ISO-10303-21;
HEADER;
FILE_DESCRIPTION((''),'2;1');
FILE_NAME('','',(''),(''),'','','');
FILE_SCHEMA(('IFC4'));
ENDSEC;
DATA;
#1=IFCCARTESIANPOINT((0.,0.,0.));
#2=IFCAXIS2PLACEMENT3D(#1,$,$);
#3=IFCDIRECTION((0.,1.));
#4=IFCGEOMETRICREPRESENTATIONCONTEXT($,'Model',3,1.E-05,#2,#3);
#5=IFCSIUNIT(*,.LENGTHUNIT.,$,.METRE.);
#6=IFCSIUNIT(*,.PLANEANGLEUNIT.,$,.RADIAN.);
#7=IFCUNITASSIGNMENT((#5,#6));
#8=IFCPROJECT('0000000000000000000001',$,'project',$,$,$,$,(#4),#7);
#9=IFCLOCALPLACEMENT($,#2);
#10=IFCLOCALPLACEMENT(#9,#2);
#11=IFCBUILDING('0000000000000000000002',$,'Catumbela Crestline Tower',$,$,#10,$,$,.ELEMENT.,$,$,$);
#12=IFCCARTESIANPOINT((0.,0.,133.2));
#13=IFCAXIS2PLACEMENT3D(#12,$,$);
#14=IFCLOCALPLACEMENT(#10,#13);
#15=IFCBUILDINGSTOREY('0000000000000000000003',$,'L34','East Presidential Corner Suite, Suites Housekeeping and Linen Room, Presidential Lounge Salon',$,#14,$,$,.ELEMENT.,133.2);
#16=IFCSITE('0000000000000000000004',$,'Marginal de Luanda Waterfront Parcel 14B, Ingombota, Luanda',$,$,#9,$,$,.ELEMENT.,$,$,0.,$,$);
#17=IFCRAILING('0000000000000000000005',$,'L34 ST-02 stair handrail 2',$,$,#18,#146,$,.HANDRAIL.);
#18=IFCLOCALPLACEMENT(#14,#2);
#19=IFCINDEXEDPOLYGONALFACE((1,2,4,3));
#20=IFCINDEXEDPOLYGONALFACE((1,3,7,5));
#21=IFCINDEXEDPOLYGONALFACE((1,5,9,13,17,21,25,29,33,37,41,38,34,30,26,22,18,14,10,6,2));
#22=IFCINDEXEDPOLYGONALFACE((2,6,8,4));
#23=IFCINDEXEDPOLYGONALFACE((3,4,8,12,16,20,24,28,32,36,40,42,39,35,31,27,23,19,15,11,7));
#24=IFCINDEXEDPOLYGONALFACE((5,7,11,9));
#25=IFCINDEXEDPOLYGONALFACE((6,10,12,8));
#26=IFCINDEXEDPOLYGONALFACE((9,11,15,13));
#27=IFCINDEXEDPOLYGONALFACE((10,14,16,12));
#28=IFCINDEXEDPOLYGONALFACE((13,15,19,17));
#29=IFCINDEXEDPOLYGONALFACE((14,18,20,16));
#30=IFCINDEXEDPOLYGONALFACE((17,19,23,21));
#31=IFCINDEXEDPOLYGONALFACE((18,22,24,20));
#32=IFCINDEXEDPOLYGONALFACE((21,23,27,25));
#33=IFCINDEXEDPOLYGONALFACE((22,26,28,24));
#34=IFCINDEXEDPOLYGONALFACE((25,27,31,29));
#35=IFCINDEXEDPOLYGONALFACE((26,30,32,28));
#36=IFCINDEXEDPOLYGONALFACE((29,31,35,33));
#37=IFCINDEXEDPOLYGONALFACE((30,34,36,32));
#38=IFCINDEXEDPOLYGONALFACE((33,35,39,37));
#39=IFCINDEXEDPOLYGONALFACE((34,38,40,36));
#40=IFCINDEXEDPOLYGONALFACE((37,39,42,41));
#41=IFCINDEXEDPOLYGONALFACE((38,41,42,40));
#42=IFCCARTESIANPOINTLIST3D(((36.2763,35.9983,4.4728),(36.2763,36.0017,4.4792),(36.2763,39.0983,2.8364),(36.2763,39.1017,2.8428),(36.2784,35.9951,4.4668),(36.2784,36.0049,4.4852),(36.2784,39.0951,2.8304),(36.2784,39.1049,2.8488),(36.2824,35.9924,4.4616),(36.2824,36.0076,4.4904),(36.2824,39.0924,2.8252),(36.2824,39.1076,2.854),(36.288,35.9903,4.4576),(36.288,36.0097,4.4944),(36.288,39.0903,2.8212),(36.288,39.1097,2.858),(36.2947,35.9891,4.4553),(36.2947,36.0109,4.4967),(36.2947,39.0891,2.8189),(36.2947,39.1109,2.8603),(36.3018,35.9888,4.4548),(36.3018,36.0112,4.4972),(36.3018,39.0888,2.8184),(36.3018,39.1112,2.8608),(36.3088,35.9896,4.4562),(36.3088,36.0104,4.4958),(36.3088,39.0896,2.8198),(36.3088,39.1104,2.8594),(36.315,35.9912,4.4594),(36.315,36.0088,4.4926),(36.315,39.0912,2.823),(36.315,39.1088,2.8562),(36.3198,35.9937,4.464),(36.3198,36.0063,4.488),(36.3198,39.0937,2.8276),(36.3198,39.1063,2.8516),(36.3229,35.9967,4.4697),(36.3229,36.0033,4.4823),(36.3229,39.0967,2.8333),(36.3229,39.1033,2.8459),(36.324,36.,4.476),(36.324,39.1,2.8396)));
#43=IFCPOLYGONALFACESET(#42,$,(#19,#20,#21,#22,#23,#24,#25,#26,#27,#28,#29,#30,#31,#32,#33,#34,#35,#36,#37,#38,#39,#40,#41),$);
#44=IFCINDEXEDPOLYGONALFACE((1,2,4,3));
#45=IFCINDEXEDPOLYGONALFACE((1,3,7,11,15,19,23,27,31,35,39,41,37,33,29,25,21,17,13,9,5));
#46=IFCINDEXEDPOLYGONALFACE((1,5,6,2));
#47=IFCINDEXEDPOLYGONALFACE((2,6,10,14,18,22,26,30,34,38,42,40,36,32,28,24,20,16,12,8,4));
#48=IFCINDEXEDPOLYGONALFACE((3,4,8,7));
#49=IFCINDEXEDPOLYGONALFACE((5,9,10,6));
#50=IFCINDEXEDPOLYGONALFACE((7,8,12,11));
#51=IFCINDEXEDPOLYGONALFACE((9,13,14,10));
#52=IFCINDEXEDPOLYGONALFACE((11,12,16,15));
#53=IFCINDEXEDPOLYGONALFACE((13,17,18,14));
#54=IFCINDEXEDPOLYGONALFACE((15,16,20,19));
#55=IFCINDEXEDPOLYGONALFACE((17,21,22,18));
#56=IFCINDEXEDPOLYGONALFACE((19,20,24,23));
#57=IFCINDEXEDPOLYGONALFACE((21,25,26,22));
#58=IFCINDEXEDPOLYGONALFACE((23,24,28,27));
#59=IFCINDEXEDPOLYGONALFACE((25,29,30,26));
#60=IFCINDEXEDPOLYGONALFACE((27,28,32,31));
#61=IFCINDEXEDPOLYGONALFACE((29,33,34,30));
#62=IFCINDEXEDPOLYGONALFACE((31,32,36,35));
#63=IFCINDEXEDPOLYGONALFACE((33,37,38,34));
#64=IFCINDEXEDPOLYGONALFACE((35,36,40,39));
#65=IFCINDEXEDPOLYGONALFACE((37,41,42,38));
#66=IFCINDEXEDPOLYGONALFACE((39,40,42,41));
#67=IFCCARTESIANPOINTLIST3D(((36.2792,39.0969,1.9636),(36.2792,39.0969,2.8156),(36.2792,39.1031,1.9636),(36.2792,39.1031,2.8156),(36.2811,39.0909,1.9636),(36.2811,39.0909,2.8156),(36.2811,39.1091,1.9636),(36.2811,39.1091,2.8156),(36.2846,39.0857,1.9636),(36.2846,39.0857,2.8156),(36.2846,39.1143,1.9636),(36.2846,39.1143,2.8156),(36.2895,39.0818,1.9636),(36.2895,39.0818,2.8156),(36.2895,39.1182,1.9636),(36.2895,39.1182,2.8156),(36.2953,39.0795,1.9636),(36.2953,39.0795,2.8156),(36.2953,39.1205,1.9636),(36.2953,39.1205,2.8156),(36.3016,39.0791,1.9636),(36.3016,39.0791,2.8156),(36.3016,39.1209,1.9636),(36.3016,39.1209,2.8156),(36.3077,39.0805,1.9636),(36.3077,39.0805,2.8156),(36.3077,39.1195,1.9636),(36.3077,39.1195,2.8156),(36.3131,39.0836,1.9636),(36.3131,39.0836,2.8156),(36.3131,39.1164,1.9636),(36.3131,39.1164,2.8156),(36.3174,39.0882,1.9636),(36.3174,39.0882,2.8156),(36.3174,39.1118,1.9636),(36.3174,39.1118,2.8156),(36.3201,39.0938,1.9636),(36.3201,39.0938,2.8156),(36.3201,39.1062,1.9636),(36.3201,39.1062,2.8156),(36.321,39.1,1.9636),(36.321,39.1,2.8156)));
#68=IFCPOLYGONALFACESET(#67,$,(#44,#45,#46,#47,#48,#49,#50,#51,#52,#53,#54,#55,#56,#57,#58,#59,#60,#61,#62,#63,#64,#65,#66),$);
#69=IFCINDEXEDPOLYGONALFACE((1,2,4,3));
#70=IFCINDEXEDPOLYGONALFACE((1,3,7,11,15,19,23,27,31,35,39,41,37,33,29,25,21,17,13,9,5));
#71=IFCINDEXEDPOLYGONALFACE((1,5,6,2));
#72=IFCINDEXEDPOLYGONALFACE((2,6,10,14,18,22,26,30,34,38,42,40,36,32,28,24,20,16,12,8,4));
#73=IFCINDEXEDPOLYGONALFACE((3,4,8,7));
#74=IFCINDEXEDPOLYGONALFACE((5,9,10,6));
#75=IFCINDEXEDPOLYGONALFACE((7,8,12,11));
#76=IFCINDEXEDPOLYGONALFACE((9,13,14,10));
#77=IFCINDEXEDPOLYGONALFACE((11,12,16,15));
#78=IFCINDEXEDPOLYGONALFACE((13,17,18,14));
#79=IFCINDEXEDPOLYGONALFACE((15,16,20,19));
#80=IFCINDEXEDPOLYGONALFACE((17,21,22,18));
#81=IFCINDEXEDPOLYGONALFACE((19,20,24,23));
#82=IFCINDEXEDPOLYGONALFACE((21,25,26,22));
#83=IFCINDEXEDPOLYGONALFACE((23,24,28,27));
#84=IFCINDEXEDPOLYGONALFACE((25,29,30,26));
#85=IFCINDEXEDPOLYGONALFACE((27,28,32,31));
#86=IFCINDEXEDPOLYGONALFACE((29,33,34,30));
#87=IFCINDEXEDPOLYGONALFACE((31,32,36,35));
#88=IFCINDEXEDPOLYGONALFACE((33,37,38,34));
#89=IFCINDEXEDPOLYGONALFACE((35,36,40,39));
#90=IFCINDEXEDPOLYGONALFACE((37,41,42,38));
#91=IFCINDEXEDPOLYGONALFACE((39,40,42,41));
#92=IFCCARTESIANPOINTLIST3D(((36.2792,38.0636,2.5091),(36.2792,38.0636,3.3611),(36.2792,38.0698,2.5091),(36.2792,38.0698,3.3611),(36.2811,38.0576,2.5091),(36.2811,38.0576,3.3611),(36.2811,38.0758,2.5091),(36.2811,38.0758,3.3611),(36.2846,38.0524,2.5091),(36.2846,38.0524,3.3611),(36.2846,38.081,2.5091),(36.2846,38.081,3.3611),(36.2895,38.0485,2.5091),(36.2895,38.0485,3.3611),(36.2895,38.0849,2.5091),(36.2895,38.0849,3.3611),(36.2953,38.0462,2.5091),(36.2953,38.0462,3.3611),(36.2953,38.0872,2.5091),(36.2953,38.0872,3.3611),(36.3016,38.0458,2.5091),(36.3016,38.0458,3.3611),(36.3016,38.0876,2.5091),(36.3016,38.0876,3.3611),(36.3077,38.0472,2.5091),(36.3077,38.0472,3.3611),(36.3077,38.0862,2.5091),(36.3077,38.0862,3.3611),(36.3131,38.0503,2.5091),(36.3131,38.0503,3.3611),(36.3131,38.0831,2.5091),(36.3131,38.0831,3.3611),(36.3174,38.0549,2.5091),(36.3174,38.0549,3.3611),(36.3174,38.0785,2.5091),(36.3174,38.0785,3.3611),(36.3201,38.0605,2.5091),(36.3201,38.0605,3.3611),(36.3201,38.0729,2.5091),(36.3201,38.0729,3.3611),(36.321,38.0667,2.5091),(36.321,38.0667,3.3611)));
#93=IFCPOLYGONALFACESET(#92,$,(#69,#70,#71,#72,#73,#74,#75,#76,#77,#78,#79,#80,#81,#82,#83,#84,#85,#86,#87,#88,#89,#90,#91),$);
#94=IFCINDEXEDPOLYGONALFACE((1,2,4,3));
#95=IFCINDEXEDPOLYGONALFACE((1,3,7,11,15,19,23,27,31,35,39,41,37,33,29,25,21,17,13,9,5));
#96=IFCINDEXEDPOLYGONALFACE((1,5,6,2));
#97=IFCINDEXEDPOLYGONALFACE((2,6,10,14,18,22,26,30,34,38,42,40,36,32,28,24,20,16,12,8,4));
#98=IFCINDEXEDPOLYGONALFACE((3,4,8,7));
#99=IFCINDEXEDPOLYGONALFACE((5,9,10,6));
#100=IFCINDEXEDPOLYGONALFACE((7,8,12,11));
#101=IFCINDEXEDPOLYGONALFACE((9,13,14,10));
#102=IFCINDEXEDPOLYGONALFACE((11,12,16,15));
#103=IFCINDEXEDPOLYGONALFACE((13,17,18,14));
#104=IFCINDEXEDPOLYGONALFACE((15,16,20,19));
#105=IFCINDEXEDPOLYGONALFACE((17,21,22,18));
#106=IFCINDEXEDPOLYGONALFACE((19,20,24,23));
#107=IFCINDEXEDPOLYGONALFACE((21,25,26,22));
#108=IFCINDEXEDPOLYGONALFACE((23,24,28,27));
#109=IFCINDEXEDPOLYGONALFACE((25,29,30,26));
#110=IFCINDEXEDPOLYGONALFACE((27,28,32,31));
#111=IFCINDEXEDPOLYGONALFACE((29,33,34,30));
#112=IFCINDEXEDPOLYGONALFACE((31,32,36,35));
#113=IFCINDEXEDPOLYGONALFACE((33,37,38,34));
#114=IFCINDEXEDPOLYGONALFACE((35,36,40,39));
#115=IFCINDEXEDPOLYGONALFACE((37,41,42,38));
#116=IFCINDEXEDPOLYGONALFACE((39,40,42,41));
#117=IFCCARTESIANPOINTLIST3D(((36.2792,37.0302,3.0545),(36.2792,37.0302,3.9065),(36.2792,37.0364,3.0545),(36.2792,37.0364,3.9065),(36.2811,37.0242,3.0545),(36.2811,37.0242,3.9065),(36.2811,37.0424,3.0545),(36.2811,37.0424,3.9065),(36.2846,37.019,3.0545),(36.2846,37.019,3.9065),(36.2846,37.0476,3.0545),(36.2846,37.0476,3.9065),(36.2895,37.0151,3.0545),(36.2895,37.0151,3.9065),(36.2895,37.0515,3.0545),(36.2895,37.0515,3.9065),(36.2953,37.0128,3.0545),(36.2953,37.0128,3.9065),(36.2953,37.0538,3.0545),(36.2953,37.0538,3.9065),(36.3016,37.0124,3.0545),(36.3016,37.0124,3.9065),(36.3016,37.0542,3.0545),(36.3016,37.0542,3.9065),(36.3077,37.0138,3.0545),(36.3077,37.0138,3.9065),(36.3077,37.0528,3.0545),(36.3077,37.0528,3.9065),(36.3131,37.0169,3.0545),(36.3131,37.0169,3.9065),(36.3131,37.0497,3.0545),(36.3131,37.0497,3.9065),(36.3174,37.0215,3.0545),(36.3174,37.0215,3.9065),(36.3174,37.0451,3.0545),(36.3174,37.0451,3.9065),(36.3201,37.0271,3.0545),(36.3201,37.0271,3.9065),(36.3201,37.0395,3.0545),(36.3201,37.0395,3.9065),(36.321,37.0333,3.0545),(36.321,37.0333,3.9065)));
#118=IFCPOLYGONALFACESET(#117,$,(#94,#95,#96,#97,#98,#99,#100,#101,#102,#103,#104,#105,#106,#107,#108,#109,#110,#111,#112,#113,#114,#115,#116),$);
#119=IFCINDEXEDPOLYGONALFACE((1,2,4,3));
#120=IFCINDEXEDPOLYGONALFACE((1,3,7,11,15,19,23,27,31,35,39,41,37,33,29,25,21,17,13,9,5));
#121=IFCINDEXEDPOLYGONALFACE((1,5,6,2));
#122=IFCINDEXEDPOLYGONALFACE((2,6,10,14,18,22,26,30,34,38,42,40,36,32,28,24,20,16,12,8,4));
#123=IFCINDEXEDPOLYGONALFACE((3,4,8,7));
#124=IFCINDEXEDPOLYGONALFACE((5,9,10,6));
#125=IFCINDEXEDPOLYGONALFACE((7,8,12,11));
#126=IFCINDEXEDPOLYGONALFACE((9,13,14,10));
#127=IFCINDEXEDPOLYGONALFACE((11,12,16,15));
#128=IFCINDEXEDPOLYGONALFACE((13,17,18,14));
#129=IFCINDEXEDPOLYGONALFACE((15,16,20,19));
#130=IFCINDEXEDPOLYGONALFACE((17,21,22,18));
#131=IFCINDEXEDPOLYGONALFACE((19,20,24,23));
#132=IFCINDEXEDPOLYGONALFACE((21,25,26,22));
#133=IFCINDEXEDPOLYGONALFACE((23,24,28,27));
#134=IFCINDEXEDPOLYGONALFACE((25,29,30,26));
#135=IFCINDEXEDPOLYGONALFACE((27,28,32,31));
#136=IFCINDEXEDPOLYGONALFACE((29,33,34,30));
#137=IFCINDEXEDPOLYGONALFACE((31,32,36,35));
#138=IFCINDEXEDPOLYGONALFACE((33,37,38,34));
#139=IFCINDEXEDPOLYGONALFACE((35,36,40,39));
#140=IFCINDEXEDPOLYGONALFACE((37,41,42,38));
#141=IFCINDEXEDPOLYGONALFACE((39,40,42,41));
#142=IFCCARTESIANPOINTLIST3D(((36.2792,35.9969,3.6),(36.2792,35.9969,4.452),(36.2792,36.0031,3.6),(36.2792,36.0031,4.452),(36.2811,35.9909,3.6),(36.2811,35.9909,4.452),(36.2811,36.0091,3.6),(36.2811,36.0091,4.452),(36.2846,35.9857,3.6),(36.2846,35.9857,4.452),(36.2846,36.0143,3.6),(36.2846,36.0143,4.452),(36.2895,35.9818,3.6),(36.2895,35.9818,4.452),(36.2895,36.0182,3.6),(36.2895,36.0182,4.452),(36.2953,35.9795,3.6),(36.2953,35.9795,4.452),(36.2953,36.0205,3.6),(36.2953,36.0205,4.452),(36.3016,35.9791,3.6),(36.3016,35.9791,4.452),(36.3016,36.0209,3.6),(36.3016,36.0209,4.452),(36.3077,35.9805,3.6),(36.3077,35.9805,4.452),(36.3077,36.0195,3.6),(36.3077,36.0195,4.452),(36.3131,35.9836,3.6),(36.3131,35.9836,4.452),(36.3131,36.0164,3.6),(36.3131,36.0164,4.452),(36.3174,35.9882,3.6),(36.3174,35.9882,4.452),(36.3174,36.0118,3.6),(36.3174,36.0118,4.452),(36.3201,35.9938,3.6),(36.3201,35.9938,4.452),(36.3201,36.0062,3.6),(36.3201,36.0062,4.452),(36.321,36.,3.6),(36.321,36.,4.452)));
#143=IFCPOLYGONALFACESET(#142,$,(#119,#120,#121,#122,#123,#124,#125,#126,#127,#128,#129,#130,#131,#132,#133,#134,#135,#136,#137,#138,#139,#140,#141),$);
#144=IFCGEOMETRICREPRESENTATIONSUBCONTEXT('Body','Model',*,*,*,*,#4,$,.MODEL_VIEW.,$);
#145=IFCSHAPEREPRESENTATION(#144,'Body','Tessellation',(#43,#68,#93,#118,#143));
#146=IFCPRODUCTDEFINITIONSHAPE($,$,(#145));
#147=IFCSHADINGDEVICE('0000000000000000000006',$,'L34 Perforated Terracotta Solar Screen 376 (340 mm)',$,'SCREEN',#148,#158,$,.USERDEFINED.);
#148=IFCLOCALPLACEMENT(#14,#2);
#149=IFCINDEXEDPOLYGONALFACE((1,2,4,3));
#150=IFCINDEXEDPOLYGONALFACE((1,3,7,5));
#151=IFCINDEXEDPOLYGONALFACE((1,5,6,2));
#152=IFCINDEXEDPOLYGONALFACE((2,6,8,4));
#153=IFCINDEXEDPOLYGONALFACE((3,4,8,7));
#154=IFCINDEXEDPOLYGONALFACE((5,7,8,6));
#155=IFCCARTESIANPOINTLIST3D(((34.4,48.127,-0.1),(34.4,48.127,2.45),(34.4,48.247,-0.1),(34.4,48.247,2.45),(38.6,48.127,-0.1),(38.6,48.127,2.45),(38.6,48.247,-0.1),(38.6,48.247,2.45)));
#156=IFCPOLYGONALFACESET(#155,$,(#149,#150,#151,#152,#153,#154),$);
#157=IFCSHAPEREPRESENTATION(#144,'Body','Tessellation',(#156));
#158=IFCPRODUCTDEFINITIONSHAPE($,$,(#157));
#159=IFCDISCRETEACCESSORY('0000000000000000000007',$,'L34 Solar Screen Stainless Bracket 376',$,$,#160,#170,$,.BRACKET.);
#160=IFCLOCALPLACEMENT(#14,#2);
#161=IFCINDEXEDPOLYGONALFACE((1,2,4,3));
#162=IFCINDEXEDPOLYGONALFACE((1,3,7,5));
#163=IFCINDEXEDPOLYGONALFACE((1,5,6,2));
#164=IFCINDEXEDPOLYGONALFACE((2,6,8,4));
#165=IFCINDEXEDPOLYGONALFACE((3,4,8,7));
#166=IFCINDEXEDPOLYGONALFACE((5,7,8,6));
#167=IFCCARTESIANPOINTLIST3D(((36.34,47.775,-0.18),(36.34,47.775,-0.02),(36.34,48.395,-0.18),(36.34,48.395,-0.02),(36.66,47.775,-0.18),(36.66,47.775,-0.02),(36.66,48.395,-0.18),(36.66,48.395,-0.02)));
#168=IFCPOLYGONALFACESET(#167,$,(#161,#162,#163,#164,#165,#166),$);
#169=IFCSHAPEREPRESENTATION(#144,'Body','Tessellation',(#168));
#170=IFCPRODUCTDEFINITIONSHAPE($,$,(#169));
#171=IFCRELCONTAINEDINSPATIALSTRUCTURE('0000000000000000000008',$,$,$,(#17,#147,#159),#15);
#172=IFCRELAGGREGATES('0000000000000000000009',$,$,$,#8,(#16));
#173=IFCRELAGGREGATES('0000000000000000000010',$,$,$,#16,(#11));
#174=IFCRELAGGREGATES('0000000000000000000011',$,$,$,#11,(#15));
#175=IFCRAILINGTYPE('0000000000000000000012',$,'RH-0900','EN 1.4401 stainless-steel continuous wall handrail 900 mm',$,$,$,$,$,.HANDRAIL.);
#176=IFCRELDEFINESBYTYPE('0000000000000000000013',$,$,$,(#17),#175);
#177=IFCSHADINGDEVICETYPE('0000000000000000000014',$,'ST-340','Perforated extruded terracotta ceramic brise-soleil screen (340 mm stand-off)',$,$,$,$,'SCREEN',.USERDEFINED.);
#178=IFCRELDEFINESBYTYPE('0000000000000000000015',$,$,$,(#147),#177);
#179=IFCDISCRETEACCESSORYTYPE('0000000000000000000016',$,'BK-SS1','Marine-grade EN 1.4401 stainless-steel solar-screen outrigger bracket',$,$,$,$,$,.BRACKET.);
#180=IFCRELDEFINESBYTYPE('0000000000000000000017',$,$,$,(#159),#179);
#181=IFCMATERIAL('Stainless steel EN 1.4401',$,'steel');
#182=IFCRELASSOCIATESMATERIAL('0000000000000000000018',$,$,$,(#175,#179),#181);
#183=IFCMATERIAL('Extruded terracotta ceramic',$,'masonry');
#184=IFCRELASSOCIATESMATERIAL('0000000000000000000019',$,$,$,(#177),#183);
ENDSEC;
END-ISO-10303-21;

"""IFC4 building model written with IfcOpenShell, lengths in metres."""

from ifc_helpers import new_model, si_unit, direction, frame, origin, origin_2d, place, context, subcontext, project, spatial, rectangle, circle, extrude, material, type_object, element, save


model = new_model("IFC4")

# Units and contexts
model_context = context("Model", 3, precision=1e-05, world=origin(), true_north=direction((0.0, 1.0)))
body_context = subcontext(model_context, "Body", "Model", "MODEL_VIEW")
ifc_project = project(units=[si_unit("LENGTHUNIT", "METRE"), si_unit("PLANEANGLEUNIT", "RADIAN")], contexts=[model_context])

# Site, building, storey
site_placement = place(None, origin())
site = spatial("IfcSite", under=ifc_project, at=site_placement, Name="Marginal de Luanda Waterfront Parcel 14B, Ingombota, Luanda", CompositionType="ELEMENT", RefElevation=0.0)
building_placement = place(site_placement, origin())
building = spatial("IfcBuilding", under=site, at=building_placement, Name="Catumbela Crestline Tower", CompositionType="ELEMENT")
storey_placement = place(building_placement, frame((0.0, 0.0, 133.2)))
storey = spatial("IfcBuildingStorey", under=building, at=storey_placement, Name="L34", Description="East Presidential Corner Suite, Suites Housekeeping and Linen Room, Presidential Lounge Salon", CompositionType="ELEMENT", Elevation=133.2)

# Shared definitions
ifc_material_1 = material(Name="Stainless steel EN 1.4401", Category="steel")

# Railing
railing_type_1 = type_object("IfcRailingType", Name="RH-0900", Description="EN 1.4401 stainless-steel continuous wall handrail 900 mm", PredefinedType="HANDRAIL", material=ifc_material_1)
railing_1_placement = place(storey_placement, frame((36.3, 39.1, 1.9636)))
element("IfcRailing", 1, at=railing_1_placement, inside=storey, type_object=railing_type_1, Name="L34 ST-02 stair handrail 2", PredefinedType="HANDRAIL", context=body_context, shape_type="SweptSolid", body=[
    extrude(circle(Radius=0.024, at=origin_2d()), frame((0.0, 0.0, 0.876), z_axis=(0.0, -0.884351, 0.466823), x_axis=(1.0, 0.0, 0.0)), (0.0, 0.0, 1.0), 3.5054),
    extrude(circle(Radius=0.021, at=origin_2d()), origin(), (0.0, 0.0, 1.0), 0.852),
    extrude(circle(Radius=0.021, at=origin_2d()), frame((0.0, -1.0333, 0.5455)), (0.0, 0.0, 1.0), 0.852),
    extrude(circle(Radius=0.021, at=origin_2d()), frame((0.0, -2.0667, 1.0909)), (0.0, 0.0, 1.0), 0.852),
    extrude(circle(Radius=0.021, at=origin_2d()), frame((0.0, -3.1, 1.6364)), (0.0, 0.0, 1.0), 0.852),
])

# Shading device
ifc_material_2 = material(Name="Extruded terracotta ceramic", Category="masonry")
shading_device_type = type_object("IfcShadingDeviceType", Name="ST-340", Description="Perforated extruded terracotta ceramic brise-soleil screen (340 mm stand-off)", ElementType="SCREEN", PredefinedType="USERDEFINED", material=ifc_material_2)
shading_device_placement = place(storey_placement, frame((36.5, 48.187, -0.1), z_axis=(0.0, 0.0, 1.0), x_axis=(-1.0, 0.0, 0.0)))
element("IfcShadingDevice", 2, at=shading_device_placement, inside=storey, type_object=shading_device_type, Name="L34 Perforated Terracotta Solar Screen 376 (340 mm)", ObjectType="SCREEN", PredefinedType="USERDEFINED", context=body_context, shape_type="SweptSolid", body=[
    extrude(rectangle(XDim=4.2, YDim=0.12, at=origin_2d()), origin(), (0.0, 0.0, 1.0), 2.55),
])

# Discrete accessory
discrete_accessory_type = type_object("IfcDiscreteAccessoryType", Name="BK-SS1", Description="Marine-grade EN 1.4401 stainless-steel solar-screen outrigger bracket", PredefinedType="BRACKET", material=ifc_material_1)
discrete_accessory_placement = place(storey_placement, frame((36.5, 48.085, -0.18), z_axis=(0.0, 0.0, 1.0), x_axis=(-1.0, 0.0, 0.0)))
element("IfcDiscreteAccessory", 3, at=discrete_accessory_placement, inside=storey, type_object=discrete_accessory_type, Name="L34 Solar Screen Stainless Bracket 376", PredefinedType="BRACKET", context=body_context, shape_type="SweptSolid", body=[
    extrude(rectangle(XDim=0.32, YDim=0.62, at=origin_2d()), origin(), (0.0, 0.0, 1.0), 0.16),
])

save(model, "model.ifc")
